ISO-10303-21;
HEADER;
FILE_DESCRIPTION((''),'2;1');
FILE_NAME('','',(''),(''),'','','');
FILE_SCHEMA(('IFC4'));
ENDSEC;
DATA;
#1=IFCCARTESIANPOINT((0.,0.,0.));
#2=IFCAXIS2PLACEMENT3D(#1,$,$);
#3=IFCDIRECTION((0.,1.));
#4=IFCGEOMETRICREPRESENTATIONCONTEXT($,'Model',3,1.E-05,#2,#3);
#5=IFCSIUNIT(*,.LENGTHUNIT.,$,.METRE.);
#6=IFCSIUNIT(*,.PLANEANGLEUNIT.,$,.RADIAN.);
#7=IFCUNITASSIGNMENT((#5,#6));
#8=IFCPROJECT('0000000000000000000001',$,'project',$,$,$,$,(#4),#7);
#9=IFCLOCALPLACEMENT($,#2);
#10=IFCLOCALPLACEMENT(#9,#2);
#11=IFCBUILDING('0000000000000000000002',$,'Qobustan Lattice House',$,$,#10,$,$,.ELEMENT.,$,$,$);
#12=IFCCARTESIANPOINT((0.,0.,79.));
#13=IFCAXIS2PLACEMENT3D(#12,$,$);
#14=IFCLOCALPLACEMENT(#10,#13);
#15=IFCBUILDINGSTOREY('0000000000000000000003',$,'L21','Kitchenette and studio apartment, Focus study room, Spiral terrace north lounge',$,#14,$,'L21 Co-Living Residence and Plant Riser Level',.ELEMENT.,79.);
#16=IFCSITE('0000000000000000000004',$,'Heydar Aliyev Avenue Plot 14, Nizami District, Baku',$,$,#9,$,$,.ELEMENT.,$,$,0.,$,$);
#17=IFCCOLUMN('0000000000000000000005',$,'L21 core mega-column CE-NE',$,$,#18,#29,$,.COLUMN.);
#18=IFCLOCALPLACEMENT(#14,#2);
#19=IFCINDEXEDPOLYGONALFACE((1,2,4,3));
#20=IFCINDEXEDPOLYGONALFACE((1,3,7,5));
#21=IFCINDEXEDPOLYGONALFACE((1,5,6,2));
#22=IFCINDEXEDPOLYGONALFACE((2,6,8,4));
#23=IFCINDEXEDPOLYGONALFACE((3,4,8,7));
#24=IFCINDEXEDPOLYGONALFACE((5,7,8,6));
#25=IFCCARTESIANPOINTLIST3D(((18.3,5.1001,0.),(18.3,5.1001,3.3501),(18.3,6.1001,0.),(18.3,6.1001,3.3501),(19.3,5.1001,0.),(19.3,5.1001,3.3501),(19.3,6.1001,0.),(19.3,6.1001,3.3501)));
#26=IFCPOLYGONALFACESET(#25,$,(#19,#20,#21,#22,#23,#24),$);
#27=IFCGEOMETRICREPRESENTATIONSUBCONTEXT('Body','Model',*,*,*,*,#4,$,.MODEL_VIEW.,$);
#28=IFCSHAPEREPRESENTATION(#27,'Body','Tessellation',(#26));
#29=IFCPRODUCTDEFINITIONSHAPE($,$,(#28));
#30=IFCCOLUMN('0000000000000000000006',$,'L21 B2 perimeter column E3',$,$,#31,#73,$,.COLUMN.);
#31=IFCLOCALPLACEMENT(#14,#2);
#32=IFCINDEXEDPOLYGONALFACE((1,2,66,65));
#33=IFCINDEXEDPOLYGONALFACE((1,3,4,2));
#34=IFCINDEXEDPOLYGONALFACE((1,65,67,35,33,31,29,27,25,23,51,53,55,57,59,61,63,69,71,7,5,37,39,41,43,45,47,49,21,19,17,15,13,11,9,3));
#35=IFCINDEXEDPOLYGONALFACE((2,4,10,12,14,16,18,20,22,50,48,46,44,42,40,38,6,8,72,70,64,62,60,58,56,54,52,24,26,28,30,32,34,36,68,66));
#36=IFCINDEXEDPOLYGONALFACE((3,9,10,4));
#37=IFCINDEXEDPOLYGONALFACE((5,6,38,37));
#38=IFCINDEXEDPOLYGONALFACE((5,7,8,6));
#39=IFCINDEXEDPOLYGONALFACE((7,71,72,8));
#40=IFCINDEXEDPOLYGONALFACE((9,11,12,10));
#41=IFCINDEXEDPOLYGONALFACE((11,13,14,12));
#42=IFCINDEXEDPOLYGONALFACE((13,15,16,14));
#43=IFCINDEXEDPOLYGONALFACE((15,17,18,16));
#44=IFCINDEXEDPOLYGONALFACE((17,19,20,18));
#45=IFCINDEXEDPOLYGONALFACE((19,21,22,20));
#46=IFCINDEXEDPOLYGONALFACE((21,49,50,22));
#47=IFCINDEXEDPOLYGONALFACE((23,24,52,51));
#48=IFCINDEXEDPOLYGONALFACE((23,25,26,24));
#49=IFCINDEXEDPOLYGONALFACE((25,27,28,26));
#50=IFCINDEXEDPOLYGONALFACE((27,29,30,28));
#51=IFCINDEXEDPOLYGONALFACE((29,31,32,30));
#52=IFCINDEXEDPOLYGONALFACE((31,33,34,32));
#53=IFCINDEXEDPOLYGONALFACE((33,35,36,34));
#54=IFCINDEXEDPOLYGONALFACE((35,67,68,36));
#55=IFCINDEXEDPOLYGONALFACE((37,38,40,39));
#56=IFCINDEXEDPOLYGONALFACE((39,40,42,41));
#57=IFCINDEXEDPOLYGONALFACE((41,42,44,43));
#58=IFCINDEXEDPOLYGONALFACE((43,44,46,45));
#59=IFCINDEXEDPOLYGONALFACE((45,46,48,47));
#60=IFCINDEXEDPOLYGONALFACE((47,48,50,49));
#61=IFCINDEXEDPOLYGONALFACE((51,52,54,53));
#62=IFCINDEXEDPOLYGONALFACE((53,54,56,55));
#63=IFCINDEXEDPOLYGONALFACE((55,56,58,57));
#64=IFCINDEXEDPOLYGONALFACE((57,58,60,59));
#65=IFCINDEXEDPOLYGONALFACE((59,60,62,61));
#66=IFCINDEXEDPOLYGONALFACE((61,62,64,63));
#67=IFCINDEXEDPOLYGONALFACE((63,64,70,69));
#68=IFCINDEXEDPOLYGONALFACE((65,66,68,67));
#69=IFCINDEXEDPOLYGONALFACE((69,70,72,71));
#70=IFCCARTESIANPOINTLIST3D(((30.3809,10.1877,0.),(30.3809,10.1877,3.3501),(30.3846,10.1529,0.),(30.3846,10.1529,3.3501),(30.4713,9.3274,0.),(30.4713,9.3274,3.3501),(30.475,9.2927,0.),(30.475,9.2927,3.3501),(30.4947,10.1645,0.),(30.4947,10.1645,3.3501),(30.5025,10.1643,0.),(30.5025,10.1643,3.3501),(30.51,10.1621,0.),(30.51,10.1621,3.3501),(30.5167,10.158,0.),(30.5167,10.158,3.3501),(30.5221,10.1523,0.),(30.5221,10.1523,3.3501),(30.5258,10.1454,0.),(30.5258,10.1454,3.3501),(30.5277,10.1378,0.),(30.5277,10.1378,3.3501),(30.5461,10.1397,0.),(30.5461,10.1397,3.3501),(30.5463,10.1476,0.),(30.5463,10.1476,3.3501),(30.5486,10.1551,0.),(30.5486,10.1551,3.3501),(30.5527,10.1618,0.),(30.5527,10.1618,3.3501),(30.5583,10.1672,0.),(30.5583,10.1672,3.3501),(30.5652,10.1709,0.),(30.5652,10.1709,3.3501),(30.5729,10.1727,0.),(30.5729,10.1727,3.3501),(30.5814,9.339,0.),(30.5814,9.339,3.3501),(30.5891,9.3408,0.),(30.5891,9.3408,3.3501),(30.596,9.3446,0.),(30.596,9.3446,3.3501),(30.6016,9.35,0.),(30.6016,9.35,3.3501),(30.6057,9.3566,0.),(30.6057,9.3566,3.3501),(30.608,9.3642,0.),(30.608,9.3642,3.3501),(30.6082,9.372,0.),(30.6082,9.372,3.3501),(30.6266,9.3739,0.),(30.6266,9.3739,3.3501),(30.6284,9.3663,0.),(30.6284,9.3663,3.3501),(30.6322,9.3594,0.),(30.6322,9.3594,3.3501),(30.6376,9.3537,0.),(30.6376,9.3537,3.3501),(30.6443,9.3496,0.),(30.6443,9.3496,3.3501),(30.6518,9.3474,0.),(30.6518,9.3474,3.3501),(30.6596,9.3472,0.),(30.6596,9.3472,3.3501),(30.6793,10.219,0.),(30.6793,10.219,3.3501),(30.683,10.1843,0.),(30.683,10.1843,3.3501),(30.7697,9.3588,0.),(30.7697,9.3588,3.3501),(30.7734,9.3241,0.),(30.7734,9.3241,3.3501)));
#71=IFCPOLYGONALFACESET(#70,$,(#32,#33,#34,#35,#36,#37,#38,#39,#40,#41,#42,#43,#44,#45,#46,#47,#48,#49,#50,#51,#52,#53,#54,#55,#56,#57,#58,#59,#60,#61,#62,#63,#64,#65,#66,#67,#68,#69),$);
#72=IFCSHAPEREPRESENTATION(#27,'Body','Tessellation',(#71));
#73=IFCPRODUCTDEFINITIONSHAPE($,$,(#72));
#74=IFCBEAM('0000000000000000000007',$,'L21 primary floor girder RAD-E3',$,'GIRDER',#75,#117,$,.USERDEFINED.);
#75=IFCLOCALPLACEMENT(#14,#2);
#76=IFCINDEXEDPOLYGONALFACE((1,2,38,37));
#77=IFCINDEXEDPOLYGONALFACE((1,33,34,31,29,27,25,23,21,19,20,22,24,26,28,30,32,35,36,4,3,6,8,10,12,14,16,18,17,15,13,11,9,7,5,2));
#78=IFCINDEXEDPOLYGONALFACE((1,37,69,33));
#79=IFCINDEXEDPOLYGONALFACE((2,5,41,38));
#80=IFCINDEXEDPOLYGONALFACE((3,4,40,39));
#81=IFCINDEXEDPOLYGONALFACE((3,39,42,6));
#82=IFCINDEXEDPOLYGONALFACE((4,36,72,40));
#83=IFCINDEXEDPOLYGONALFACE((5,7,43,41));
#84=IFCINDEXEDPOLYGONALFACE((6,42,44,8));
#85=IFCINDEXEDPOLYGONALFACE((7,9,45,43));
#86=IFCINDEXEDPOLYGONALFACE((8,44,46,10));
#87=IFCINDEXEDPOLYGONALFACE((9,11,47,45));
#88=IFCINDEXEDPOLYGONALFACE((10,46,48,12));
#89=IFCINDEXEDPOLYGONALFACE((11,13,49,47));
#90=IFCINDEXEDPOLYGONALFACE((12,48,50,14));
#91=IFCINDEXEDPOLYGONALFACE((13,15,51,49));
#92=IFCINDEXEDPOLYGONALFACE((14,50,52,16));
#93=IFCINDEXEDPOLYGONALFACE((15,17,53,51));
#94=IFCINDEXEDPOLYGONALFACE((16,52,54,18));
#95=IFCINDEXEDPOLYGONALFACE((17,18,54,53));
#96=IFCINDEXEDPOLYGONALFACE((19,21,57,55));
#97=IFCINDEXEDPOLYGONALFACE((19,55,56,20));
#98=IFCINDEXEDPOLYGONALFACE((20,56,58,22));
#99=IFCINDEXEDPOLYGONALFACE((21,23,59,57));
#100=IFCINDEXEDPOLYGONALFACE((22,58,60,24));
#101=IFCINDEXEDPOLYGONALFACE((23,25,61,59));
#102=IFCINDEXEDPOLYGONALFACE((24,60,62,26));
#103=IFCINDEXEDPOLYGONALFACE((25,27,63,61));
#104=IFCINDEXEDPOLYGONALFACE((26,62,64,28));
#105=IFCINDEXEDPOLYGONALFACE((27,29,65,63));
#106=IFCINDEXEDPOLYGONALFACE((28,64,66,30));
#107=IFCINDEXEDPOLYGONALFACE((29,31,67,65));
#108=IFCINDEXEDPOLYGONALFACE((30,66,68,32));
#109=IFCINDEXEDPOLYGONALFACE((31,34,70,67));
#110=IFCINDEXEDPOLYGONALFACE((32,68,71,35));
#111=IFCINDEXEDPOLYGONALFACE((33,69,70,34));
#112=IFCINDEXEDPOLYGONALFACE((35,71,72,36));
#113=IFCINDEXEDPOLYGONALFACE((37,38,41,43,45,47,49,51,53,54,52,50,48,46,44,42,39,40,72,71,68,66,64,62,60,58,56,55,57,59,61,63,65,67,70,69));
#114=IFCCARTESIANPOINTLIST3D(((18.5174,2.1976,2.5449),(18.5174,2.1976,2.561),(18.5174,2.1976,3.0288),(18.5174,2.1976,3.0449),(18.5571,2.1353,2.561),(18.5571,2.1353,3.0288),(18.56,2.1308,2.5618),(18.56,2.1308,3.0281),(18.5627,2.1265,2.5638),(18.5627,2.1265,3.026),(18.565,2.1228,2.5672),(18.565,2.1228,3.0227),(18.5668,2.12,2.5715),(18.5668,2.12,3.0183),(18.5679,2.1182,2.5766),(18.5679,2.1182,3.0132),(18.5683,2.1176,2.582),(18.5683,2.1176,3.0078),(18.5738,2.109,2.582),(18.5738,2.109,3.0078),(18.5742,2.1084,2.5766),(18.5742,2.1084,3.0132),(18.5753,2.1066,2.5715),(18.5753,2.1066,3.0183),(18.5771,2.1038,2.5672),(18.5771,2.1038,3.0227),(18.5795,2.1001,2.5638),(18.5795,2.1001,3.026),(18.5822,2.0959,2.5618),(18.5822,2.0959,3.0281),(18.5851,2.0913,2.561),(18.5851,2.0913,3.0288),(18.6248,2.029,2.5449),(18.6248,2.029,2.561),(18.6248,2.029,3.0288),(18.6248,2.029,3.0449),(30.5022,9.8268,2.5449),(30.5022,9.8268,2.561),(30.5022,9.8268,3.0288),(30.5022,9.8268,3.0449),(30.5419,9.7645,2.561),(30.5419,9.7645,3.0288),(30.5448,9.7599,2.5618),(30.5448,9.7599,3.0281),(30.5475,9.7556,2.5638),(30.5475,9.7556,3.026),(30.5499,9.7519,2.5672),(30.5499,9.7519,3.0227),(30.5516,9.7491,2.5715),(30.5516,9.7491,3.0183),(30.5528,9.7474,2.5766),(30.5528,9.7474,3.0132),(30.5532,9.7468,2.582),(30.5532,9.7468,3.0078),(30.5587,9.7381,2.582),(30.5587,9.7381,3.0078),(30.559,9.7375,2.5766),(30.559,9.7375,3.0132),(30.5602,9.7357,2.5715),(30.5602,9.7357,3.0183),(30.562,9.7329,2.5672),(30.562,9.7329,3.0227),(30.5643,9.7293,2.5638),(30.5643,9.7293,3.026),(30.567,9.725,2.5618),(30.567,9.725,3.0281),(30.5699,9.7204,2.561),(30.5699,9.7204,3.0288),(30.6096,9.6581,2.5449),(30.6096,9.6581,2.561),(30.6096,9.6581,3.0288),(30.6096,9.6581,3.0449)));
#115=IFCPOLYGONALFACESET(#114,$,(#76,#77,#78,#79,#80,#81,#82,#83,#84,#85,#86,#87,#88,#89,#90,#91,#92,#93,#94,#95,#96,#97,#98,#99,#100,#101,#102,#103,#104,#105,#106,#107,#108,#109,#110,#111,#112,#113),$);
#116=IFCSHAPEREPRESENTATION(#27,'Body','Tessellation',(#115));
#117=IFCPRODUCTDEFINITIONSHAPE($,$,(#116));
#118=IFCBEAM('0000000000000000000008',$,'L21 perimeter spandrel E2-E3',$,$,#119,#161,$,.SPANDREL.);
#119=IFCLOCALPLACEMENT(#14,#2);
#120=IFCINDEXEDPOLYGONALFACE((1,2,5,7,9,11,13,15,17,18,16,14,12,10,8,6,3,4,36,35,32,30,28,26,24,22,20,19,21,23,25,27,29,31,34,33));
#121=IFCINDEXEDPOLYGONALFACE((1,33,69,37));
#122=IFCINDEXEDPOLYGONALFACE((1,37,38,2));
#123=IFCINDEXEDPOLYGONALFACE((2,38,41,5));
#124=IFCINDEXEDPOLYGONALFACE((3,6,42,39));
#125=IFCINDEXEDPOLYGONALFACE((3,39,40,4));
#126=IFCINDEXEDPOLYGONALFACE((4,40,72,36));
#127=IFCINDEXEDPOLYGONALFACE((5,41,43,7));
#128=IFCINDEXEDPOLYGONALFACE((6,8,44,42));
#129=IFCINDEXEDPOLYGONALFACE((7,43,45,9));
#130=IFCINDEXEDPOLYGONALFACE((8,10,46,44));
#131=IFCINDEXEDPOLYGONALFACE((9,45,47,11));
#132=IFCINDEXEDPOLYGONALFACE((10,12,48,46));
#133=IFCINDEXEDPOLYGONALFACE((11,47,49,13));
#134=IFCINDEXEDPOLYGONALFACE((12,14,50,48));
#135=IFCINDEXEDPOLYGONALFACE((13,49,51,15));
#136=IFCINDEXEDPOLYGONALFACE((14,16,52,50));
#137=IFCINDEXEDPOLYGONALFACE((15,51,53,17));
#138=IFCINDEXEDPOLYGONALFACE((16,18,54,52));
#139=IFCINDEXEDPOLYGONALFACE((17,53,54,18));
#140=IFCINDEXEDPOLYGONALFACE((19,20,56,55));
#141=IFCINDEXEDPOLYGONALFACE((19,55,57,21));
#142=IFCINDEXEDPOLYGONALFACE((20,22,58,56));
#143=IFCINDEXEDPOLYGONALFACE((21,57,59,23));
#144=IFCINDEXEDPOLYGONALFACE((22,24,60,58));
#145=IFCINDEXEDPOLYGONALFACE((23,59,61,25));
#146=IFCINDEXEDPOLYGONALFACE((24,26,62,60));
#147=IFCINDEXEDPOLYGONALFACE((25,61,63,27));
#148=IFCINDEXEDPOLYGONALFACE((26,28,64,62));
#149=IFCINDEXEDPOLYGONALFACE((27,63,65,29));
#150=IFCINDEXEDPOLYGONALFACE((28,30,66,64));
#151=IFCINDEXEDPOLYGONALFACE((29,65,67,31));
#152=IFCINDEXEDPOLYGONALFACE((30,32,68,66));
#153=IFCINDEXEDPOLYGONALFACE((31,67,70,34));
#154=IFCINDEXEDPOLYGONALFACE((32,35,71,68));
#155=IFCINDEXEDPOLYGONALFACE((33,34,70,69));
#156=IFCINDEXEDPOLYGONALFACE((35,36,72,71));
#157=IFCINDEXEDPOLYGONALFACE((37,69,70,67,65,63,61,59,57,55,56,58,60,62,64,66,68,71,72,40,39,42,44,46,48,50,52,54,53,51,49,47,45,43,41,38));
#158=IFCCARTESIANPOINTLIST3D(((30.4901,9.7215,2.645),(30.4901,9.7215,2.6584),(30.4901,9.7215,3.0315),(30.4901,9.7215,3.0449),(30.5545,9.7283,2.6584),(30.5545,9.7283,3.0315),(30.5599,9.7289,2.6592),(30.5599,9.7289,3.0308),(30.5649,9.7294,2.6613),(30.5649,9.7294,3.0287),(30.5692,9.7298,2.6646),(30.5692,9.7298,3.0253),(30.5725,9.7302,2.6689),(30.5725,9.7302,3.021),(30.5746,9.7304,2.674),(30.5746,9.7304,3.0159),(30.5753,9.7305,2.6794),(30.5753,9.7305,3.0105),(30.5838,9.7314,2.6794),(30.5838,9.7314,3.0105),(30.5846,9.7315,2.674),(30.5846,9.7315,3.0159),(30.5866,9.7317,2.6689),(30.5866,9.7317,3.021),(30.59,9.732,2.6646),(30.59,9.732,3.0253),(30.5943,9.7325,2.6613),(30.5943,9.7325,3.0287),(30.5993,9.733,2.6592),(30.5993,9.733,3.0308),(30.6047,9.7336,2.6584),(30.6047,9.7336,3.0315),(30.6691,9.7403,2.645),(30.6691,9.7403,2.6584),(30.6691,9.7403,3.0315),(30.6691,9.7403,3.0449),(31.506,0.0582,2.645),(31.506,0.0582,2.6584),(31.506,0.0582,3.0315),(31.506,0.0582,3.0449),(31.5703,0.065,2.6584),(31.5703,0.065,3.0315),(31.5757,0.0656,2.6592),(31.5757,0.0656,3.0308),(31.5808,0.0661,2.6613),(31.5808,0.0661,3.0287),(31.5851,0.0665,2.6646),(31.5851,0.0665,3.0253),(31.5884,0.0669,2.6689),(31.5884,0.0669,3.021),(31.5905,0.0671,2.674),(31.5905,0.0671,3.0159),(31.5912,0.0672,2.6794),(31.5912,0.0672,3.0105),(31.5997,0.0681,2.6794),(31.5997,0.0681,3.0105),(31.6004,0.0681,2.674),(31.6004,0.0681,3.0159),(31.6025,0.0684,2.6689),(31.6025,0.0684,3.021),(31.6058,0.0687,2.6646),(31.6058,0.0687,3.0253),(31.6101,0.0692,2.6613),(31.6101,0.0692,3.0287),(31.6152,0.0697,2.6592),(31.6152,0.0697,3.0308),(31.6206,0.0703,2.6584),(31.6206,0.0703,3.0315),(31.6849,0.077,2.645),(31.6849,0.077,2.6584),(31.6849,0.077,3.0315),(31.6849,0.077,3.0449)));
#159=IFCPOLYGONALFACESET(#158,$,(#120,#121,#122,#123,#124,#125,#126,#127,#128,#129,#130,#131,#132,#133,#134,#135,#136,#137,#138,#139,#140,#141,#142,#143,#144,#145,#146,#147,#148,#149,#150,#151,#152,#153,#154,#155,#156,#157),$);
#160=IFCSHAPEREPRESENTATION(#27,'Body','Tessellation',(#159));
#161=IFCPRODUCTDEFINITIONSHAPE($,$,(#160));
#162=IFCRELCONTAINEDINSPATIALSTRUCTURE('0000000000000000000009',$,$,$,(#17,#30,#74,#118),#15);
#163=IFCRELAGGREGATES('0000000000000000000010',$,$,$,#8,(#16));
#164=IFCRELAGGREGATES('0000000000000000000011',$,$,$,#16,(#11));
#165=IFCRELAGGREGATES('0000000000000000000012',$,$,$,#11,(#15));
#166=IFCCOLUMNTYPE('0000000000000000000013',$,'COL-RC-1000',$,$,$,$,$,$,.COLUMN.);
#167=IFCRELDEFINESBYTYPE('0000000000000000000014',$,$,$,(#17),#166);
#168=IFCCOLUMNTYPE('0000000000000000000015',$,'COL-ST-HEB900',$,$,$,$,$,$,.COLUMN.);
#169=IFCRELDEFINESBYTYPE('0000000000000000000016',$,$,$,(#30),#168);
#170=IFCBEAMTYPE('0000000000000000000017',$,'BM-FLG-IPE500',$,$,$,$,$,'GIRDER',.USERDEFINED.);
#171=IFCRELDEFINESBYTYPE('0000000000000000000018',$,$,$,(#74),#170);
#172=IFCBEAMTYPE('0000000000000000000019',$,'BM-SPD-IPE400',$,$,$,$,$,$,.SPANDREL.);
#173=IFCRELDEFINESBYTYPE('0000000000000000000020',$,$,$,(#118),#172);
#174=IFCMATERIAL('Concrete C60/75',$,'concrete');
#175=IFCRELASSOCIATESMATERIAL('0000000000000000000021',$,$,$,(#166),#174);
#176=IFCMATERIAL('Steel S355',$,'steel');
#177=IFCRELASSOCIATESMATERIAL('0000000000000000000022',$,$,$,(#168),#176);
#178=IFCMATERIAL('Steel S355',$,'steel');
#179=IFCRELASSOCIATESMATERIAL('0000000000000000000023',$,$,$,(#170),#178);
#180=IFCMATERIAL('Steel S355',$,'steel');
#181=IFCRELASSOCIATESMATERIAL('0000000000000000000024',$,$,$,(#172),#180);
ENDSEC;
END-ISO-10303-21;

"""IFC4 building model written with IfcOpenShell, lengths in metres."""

from ifc_helpers import new_model, si_unit, direction, frame, origin, origin_2d, place, context, subcontext, project, spatial, rectangle, i_section, extrude, material, material_profile, profile_set, type_object, element, save


model = new_model("IFC4")

# Units and contexts
model_context = context("Model", 3, precision=1e-05, world=origin(), true_north=direction((0.0, 1.0)))
body_context = subcontext(model_context, "Body", "Model", "MODEL_VIEW")
ifc_project = project(units=[si_unit("LENGTHUNIT", "METRE"), si_unit("PLANEANGLEUNIT", "RADIAN")], contexts=[model_context])

# Site, building, storey
site_placement = place(None, origin())
site = spatial("IfcSite", under=ifc_project, at=site_placement, Name="Heydar Aliyev Avenue Plot 14, Nizami District, Baku", CompositionType="ELEMENT", RefElevation=0.0)
building_placement = place(site_placement, origin())
building = spatial("IfcBuilding", under=site, at=building_placement, Name="Qobustan Lattice House", CompositionType="ELEMENT")
storey_placement = place(building_placement, frame((0.0, 0.0, 79.0)))
storey = spatial("IfcBuildingStorey", under=building, at=storey_placement, Name="L21", Description="Kitchenette and studio apartment, Focus study room, Spiral terrace north lounge", LongName="L21 Co-Living Residence and Plant Riser Level", CompositionType="ELEMENT", Elevation=79.0)

# Columns
ifc_material_1 = material(Name="Concrete C60/75", Category="concrete")
ifc_material_profile_1 = material_profile(ifc_material_1, rectangle(XDim=1.0, YDim=1.0, at=origin_2d()), Name="RC1000x1000")
ifc_profile_set_1 = profile_set([ifc_material_profile_1], Name="Concrete C60/75")
column_type_1 = type_object("IfcColumnType", Name="COL-RC-1000", PredefinedType="COLUMN", material=ifc_profile_set_1)
column_1_placement = place(storey_placement, frame((18.8, 5.6001, 0.0), z_axis=(0.0, 0.0, 1.0), x_axis=(1.0, 0.0, 0.0)))
element("IfcColumn", 1, at=column_1_placement, inside=storey, type_object=column_type_1, Name="L21 core mega-column CE-NE", PredefinedType="COLUMN", context=body_context, shape_type="SweptSolid", body=[
    extrude(rectangle(XDim=1.0, YDim=1.0, at=origin_2d()), origin(), (0.0, 0.0, 1.0), 3.3501),
])
ifc_material_2 = material(Name="Steel S355", Category="steel")
ifc_material_profile_2 = material_profile(ifc_material_2, i_section(OverallWidth=0.3, OverallDepth=0.8999, WebThickness=0.0186, FlangeThickness=0.0349, FilletRadius=0.03, at=origin_2d()), Name="HEB900")
ifc_profile_set_2 = profile_set([ifc_material_profile_2], Name="Steel S355")
column_type_2 = type_object("IfcColumnType", Name="COL-ST-HEB900", PredefinedType="COLUMN", material=ifc_profile_set_2)
column_2_placement = place(storey_placement, frame((30.5771, 9.7559, 0.0), z_axis=(0.0, 0.0, 1.0), x_axis=(0.994522, 0.104528, 0.0)))
element("IfcColumn", 2, at=column_2_placement, inside=storey, type_object=column_type_2, Name="L21 B2 perimeter column E3", PredefinedType="COLUMN", context=body_context, shape_type="SweptSolid", body=[
    extrude(i_section(OverallWidth=0.3, OverallDepth=0.8999, WebThickness=0.0186, FlangeThickness=0.0349, FilletRadius=0.03, at=origin_2d()), origin(), (0.0, 0.0, 1.0), 3.3501),
])

# Beams
ifc_material_3 = material(Name="Steel S355", Category="steel")
ifc_material_profile_3 = material_profile(ifc_material_3, i_section(OverallWidth=0.2, OverallDepth=0.5, WebThickness=0.0103, FlangeThickness=0.0161, FilletRadius=0.021, at=origin_2d()), Name="IPE500")
ifc_profile_set_3 = profile_set([ifc_material_profile_3], Name="Steel S355")
beam_type_1 = type_object("IfcBeamType", Name="BM-FLG-IPE500", ElementType="GIRDER", PredefinedType="USERDEFINED", material=ifc_profile_set_3)
beam_placement = place(storey_placement, frame((30.5559, 9.7424, 2.7949), z_axis=(-0.843584, -0.536997, 0.0), x_axis=(0.536997, -0.843584, 0.0)))
element("IfcBeam", 3, at=beam_placement, inside=storey, type_object=beam_type_1, Name="L21 primary floor girder RAD-E3", ObjectType="GIRDER", PredefinedType="USERDEFINED", context=body_context, shape_type="SweptSolid", body=[
    extrude(i_section(OverallWidth=0.2, OverallDepth=0.5, WebThickness=0.0103, FlangeThickness=0.0161, FilletRadius=0.021, at=origin_2d()), origin(), (0.0, 0.0, 1.0), 14.207),
])
ifc_material_4 = material(Name="Steel S355", Category="steel")
ifc_material_profile_4 = material_profile(ifc_material_4, i_section(OverallWidth=0.1799, OverallDepth=0.3999, WebThickness=0.0085, FlangeThickness=0.0134, FilletRadius=0.021, at=origin_2d()), Name="IPE400")
ifc_profile_set_4 = profile_set([ifc_material_profile_4], Name="Steel S355")
beam_type_2 = type_object("IfcBeamType", Name="BM-SPD-IPE400", PredefinedType="SPANDREL", material=ifc_profile_set_4)
for number, where, z_axis, x_axis, name in (
    (4, (31.5955, 0.0676, 2.845), (-0.10455, 0.99452, 0.0), (-0.99452, -0.10455, 0.0), "L21 perimeter spandrel E2-E3"),
):
    element("IfcBeam", number, at=place(storey_placement, frame(where, z_axis=z_axis, x_axis=x_axis)), inside=storey, type_object=beam_type_2, Name=name, PredefinedType="SPANDREL", context=body_context, shape_type="SweptSolid", body=[
        extrude(i_section(OverallWidth=0.1799, OverallDepth=0.3999, WebThickness=0.0085, FlangeThickness=0.0134, FilletRadius=0.021, at=origin_2d()), origin(), (0.0, 0.0, 1.0), 9.7166),
    ])

save(model, "model.ifc")
